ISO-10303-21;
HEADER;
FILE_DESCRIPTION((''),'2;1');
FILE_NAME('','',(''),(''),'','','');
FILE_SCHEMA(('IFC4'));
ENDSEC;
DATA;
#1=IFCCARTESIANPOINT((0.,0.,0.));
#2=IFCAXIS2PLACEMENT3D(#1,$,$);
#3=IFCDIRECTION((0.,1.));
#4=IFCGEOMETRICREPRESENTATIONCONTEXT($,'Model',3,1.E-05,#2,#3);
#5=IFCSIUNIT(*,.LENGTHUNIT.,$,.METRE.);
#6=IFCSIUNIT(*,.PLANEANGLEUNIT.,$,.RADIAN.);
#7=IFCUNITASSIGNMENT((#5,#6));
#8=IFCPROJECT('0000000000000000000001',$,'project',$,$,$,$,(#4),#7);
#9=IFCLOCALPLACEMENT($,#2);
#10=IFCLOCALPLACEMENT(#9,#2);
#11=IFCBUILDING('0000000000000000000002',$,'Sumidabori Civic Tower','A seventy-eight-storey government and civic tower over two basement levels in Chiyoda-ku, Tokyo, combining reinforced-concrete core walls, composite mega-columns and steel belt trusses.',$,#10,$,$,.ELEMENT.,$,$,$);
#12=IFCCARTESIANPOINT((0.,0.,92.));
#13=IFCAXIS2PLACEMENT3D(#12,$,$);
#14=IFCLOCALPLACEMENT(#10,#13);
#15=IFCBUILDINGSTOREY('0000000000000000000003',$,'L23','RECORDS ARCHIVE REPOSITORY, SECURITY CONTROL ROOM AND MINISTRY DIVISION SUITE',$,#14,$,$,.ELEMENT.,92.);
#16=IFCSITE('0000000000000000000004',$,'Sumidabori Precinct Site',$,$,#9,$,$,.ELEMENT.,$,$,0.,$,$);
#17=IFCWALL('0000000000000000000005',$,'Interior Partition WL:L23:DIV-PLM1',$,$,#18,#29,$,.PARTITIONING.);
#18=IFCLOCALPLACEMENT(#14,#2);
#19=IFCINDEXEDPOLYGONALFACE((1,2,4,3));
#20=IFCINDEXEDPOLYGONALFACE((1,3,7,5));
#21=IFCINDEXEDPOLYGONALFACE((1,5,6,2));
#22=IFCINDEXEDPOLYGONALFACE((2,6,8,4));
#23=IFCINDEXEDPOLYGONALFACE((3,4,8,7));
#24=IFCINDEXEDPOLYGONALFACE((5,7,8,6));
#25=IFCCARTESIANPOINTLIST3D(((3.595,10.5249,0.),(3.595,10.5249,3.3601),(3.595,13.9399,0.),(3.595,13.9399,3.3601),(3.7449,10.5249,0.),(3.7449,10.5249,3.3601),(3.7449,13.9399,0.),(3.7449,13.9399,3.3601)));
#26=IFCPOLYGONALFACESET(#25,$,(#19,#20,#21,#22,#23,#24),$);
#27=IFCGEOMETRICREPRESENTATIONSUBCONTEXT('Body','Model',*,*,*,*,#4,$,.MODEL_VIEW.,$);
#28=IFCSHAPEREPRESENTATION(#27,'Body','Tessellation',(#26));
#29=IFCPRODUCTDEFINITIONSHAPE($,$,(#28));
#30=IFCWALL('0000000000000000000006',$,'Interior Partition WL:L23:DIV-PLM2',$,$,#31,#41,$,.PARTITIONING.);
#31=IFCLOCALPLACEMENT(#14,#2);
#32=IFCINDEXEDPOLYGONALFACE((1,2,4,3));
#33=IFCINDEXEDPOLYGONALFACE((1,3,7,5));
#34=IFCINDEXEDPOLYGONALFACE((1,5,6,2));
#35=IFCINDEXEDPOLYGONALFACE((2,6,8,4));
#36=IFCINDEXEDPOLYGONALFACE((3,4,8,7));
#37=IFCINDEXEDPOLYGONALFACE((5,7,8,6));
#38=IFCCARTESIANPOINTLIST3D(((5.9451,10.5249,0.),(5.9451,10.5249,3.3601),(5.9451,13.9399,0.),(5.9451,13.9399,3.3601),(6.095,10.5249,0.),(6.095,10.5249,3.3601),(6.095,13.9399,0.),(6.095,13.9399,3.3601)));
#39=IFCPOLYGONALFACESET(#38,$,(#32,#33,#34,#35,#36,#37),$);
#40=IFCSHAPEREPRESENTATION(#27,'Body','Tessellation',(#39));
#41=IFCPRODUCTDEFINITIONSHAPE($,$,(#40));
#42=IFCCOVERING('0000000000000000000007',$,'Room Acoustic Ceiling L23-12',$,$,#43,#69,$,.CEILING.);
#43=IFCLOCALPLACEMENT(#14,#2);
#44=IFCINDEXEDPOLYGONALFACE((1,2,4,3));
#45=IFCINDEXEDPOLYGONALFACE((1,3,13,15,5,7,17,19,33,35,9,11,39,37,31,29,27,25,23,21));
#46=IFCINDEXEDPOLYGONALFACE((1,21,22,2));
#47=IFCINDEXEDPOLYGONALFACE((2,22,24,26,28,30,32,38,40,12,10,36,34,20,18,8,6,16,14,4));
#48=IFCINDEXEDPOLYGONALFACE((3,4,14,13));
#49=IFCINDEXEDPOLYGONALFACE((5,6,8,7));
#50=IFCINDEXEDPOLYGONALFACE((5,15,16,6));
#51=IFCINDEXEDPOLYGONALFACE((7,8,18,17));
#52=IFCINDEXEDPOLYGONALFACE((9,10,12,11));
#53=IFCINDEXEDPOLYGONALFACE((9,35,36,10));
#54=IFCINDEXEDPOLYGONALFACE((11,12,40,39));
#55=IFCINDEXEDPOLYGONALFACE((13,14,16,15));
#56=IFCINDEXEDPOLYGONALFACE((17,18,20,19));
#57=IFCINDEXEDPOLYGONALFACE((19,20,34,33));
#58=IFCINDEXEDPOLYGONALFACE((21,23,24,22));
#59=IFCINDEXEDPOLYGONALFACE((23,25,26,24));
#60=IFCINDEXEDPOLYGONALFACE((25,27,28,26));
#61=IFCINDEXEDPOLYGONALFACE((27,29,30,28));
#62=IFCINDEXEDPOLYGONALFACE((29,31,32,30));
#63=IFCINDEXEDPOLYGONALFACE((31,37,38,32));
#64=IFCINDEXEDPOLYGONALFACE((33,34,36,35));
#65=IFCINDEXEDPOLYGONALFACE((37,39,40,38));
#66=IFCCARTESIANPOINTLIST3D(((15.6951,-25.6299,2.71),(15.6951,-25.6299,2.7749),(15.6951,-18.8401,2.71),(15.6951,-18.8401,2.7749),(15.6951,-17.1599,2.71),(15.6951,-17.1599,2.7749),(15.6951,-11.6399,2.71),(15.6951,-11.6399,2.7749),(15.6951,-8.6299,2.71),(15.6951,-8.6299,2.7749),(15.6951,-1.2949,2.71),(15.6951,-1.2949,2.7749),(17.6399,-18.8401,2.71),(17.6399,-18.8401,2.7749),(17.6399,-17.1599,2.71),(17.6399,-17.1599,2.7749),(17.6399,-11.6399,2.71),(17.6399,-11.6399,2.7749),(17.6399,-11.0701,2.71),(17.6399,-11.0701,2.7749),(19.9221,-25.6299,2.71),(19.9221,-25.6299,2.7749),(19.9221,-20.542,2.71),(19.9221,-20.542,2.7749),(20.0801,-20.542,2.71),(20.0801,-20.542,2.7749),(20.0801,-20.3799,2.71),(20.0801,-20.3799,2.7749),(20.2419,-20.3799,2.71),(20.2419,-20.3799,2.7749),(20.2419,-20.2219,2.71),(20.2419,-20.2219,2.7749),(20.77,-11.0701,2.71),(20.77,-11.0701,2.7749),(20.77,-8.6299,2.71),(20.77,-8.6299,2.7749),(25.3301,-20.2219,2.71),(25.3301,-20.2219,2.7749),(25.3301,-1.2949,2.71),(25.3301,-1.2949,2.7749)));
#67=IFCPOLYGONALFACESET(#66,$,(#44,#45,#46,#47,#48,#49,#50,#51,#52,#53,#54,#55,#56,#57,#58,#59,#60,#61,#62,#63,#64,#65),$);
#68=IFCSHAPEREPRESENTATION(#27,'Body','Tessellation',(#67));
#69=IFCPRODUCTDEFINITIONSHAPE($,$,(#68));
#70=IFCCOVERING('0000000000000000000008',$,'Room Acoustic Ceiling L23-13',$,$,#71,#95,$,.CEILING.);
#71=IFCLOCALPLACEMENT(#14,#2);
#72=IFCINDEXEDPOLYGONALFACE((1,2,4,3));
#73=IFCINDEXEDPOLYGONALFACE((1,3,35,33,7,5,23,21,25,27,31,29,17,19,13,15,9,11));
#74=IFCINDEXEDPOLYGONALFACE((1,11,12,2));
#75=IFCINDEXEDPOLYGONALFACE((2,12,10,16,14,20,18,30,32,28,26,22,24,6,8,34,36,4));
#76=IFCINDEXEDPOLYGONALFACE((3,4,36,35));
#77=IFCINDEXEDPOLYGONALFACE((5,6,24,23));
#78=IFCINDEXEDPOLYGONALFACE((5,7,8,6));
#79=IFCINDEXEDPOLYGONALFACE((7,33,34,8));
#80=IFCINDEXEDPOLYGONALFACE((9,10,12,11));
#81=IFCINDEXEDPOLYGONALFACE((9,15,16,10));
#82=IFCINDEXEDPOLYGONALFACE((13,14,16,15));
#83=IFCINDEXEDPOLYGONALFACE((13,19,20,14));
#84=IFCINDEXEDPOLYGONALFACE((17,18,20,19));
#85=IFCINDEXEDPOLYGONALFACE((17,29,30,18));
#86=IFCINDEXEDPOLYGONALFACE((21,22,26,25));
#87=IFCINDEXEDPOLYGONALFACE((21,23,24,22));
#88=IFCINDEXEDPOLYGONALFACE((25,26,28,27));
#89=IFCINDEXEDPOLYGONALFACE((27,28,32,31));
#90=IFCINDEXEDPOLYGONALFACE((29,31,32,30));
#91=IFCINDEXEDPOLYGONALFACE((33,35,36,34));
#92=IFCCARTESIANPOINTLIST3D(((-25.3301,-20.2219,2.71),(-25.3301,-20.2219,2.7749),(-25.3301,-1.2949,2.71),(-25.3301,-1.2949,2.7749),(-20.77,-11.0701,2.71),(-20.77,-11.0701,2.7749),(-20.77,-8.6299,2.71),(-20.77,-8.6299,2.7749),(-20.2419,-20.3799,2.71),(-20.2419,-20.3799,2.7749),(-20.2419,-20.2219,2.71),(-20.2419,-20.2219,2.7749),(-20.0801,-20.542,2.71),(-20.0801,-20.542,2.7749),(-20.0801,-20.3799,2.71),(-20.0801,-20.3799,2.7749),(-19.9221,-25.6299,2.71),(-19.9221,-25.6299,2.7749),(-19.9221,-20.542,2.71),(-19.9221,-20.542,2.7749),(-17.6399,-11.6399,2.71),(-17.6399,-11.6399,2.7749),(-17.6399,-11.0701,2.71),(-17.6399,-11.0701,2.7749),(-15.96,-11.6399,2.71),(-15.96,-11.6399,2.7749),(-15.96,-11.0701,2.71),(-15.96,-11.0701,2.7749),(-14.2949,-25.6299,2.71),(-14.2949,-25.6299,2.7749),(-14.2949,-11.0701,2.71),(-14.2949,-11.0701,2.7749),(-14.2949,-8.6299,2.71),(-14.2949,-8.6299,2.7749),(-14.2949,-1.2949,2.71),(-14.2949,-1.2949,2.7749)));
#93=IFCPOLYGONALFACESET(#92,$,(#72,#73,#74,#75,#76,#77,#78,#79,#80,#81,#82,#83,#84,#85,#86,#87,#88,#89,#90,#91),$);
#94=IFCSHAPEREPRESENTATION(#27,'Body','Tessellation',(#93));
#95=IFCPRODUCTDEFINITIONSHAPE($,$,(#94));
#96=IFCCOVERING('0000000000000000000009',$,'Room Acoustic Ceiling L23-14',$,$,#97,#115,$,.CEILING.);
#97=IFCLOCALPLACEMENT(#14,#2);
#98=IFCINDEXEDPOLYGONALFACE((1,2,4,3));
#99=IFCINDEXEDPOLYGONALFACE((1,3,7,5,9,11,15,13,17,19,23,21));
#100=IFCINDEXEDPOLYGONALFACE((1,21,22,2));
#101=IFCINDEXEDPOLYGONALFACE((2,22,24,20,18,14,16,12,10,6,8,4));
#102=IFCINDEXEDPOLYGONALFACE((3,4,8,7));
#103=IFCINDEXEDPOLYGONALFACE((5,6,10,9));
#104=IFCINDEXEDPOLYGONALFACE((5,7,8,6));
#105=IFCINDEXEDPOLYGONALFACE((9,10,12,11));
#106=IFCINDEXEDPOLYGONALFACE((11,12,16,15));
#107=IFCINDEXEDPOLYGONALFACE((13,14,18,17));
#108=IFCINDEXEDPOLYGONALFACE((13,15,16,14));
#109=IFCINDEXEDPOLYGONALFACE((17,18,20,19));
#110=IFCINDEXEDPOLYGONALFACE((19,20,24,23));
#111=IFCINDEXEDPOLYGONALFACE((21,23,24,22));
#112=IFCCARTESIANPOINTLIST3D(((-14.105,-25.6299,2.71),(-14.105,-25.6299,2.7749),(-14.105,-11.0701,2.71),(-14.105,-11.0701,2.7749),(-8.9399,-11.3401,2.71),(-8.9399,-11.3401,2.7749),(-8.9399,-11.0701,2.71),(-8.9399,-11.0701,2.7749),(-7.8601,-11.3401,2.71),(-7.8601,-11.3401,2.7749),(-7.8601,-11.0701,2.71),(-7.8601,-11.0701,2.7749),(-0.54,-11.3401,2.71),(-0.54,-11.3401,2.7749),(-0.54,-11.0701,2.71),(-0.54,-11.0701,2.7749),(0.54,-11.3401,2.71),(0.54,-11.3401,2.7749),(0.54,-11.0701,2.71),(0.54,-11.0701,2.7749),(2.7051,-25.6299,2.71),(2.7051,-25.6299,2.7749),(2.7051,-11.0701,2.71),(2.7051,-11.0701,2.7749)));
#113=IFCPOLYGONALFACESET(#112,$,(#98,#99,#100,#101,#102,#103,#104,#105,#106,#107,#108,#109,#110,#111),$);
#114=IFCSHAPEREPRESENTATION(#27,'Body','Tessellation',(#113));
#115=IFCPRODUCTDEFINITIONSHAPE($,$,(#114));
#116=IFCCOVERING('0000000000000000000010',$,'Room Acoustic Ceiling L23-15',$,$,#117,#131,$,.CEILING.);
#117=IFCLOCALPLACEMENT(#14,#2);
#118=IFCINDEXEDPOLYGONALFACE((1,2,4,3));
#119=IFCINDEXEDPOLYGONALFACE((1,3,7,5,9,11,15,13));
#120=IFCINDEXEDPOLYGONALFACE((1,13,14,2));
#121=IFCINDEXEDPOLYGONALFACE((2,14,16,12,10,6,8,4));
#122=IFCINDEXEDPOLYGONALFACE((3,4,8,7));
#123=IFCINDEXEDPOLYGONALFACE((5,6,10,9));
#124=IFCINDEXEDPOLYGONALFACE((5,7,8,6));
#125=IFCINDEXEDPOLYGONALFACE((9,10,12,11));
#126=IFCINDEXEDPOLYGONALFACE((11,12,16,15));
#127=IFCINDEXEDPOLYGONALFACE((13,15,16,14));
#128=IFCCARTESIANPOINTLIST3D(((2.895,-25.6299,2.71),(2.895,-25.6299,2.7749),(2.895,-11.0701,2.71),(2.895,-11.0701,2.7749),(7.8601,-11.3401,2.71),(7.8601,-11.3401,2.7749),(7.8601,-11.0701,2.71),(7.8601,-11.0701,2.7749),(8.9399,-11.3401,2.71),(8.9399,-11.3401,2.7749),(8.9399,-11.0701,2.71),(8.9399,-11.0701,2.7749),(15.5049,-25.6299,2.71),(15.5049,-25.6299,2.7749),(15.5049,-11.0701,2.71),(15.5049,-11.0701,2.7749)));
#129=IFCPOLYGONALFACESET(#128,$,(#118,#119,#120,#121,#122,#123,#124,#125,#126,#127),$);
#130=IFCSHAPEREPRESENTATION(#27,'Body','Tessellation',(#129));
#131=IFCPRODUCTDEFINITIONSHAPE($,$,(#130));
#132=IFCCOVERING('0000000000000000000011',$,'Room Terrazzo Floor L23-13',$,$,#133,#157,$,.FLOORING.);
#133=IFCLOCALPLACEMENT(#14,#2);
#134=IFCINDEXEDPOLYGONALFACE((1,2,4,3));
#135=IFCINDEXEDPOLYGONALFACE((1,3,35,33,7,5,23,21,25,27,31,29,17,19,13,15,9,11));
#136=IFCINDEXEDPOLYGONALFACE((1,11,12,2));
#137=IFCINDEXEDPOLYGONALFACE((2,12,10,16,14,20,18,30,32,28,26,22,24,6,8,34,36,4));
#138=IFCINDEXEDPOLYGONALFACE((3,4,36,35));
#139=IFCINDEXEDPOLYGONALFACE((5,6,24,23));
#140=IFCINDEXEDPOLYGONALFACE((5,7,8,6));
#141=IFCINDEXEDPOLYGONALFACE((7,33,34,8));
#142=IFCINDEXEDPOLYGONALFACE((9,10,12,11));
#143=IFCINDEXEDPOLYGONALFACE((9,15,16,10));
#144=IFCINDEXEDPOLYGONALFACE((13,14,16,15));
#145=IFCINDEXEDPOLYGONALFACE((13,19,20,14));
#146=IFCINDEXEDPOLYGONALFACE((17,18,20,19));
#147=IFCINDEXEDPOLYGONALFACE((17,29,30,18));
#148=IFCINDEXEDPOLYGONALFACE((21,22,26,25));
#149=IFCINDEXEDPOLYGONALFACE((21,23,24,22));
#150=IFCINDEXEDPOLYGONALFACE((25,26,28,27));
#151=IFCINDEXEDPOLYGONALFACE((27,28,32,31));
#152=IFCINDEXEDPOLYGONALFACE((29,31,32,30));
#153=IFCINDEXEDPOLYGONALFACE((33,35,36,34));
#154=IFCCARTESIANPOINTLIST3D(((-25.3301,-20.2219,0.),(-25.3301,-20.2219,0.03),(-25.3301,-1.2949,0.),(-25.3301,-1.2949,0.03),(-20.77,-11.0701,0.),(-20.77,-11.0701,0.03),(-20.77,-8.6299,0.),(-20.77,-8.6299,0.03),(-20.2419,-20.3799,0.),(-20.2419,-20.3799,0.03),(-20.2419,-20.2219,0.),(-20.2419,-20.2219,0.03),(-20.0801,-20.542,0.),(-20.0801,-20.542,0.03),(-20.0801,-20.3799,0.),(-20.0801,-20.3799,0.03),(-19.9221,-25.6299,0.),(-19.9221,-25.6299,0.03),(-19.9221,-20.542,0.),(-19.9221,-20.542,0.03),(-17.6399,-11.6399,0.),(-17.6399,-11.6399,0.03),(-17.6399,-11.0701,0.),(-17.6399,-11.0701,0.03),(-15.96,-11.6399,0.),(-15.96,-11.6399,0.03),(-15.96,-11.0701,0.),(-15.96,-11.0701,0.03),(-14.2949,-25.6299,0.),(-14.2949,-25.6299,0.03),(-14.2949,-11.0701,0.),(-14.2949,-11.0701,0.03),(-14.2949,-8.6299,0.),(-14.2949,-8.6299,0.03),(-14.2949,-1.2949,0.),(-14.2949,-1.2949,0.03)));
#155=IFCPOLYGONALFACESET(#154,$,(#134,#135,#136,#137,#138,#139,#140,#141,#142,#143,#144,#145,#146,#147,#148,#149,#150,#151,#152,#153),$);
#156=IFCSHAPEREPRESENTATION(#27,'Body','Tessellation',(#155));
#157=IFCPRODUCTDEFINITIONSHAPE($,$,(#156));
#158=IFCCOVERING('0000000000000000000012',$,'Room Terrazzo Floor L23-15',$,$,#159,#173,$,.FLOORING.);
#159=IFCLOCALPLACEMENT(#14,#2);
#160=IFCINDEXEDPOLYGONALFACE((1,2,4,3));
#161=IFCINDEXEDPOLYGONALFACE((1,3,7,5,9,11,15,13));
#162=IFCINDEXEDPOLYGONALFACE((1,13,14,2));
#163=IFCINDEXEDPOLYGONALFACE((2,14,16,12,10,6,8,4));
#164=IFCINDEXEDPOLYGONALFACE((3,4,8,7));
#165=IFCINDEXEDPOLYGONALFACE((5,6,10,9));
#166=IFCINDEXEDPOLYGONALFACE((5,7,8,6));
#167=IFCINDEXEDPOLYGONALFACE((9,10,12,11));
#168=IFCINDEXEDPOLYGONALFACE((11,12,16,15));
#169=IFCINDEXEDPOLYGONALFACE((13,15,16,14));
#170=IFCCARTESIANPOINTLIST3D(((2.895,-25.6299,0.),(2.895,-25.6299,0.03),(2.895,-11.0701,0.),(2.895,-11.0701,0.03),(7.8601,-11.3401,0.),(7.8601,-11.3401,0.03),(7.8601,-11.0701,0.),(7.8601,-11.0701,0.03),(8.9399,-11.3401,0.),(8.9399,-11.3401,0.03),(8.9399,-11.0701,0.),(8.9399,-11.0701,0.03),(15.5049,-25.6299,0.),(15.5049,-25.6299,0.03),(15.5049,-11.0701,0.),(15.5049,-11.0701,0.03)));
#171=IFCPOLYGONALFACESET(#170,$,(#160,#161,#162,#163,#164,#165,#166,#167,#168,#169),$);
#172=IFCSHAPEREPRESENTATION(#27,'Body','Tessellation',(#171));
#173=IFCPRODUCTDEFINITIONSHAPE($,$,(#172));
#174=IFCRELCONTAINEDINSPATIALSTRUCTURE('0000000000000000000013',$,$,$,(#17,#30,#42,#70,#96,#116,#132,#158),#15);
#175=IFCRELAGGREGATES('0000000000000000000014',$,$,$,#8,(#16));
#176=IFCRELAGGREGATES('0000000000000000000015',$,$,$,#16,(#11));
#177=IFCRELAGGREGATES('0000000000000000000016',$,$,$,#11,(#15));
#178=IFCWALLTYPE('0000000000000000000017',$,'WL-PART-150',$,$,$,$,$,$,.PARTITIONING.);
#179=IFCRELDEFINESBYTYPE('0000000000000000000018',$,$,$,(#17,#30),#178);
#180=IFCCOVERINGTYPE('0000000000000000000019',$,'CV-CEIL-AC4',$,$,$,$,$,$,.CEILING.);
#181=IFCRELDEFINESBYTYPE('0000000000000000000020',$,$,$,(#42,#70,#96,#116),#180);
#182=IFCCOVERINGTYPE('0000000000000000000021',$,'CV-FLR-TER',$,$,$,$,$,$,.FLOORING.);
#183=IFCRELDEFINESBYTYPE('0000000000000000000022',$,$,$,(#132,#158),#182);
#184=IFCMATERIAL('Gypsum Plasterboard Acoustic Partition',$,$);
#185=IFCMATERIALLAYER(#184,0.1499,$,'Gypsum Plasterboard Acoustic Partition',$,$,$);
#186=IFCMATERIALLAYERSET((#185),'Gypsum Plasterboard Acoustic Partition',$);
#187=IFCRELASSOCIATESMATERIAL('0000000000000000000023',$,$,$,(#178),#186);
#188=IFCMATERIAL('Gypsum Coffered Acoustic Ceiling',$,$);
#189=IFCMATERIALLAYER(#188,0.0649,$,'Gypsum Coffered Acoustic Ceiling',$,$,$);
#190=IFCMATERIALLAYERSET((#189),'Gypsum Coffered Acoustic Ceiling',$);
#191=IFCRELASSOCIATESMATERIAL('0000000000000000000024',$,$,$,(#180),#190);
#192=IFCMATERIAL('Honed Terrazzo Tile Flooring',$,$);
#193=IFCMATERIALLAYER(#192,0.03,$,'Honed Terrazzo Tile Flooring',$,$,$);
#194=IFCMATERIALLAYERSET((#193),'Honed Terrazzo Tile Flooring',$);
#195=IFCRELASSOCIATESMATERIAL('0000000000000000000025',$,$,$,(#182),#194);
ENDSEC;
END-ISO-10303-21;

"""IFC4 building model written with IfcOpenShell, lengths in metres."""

from ifc_helpers import new_model, si_unit, direction, frame, frame_2d, origin, place, context, subcontext, project, spatial, polyline, rectangle, outline, extrude, source, transform, mapped, material, layer, layer_set, type_object, element, save


model = new_model("IFC4")

# Units and contexts
model_context = context("Model", 3, precision=1e-05, world=origin(), true_north=direction((0.0, 1.0)))
body_context = subcontext(model_context, "Body", "Model", "MODEL_VIEW")
ifc_project = project(units=[si_unit("LENGTHUNIT", "METRE"), si_unit("PLANEANGLEUNIT", "RADIAN")], contexts=[model_context])

# Site, building, storey
site_placement = place(None, origin())
site = spatial("IfcSite", under=ifc_project, at=site_placement, Name="Sumidabori Precinct Site", CompositionType="ELEMENT", RefElevation=0.0)
building_placement = place(site_placement, origin())
building = spatial("IfcBuilding", under=site, at=building_placement, Name="Sumidabori Civic Tower", Description="A seventy-eight-storey government and civic tower over two basement levels in Chiyoda-ku, Tokyo, combining reinforced-concrete core walls, composite mega-columns and steel belt trusses.", CompositionType="ELEMENT")
storey_placement = place(building_placement, frame((0.0, 0.0, 92.0)))
storey = spatial("IfcBuildingStorey", under=building, at=storey_placement, Name="L23", Description="RECORDS ARCHIVE REPOSITORY, SECURITY CONTROL ROOM AND MINISTRY DIVISION SUITE", CompositionType="ELEMENT", Elevation=92.0)

# Shared definitions
ifc_material_1 = material(Name="Gypsum Plasterboard Acoustic Partition")
ifc_layer_1 = layer(ifc_material_1, 0.1499, Name="Gypsum Plasterboard Acoustic Partition")
ifc_layer_set_1 = layer_set([ifc_layer_1], Name="Gypsum Plasterboard Acoustic Partition")
wall_type_1 = type_object("IfcWallType", Name="WL-PART-150", PredefinedType="PARTITIONING", material=ifc_layer_set_1)

# Walls
shared_shape_1 = source(origin(), body_context, "Body", "SweptSolid", [
    extrude(rectangle(XDim=3.415, YDim=0.1499, at=frame_2d((1.7075, 0.0))), origin(), (0.0, 0.0, 1.0), 3.3601),
])
for number, where, z_axis, x_axis, name in (
    (1, (3.6699, 10.5249, 0.0), (0.0, 0.0, 1.0), (0.0, 1.0, 0.0), "Interior Partition WL:L23:DIV-PLM1"),
    (2, (6.02, 10.5249, 0.0), (0.0, 0.0, 1.0), (0.0, 1.0, 0.0), "Interior Partition WL:L23:DIV-PLM2"),
):
    element("IfcWall", number, at=place(storey_placement, frame(where, z_axis=z_axis, x_axis=x_axis)), inside=storey, type_object=wall_type_1, Name=name, PredefinedType="PARTITIONING", context=body_context, shape_type="MappedRepresentation", body=[
        mapped(shared_shape_1, transform((0.0, 0.0, 0.0), x_axis=(1.0, 0.0, 0.0), y_axis=(0.0, 1.0, 0.0), z_axis=(0.0, 0.0, 1.0), scale=1.0)),
    ])

# Coverings
ifc_material_2 = material(Name="Gypsum Coffered Acoustic Ceiling")
ifc_layer_2 = layer(ifc_material_2, 0.0649, Name="Gypsum Coffered Acoustic Ceiling")
ifc_layer_set_2 = layer_set([ifc_layer_2], Name="Gypsum Coffered Acoustic Ceiling")
covering_type_1 = type_object("IfcCoveringType", Name="CV-CEIL-AC4", PredefinedType="CEILING", material=ifc_layer_set_2)
covering_1_placement = place(storey_placement, frame((0.0, 0.0, 2.71)))
element("IfcCovering", 3, at=covering_1_placement, inside=storey, type_object=covering_type_1, Name="Room Acoustic Ceiling L23-12", PredefinedType="CEILING", context=body_context, shape_type="SweptSolid", body=[
    extrude(outline(polyline([(15.6951, -18.8401), (17.6399, -18.8401), (17.6399, -17.1599), (15.6951, -17.1599), (15.6951, -11.6399), (17.6399, -11.6399), (17.6399, -11.0701), (20.77, -11.0701), (20.77, -8.6299), (15.6951, -8.6299), (15.6951, -1.2949), (25.3301, -1.2949), (25.3301, -20.2219), (20.2419, -20.2219), (20.2419, -20.3799), (20.0801, -20.3799), (20.0801, -20.542), (19.9221, -20.542), (19.9221, -25.6299), (15.6951, -25.6299), (15.6951, -18.8401)])), origin(), (0.0, 0.0, 1.0), 0.0649),
])
covering_2_placement = place(storey_placement, frame((0.0, 0.0, 2.71)))
element("IfcCovering", 4, at=covering_2_placement, inside=storey, type_object=covering_type_1, Name="Room Acoustic Ceiling L23-13", PredefinedType="CEILING", context=body_context, shape_type="SweptSolid", body=[
    extrude(outline(polyline([(-25.3301, -20.2219), (-25.3301, -1.2949), (-14.2949, -1.2949), (-14.2949, -8.6299), (-20.77, -8.6299), (-20.77, -11.0701), (-17.6399, -11.0701), (-17.6399, -11.6399), (-15.96, -11.6399), (-15.96, -11.0701), (-14.2949, -11.0701), (-14.2949, -25.6299), (-19.9221, -25.6299), (-19.9221, -20.542), (-20.0801, -20.542), (-20.0801, -20.3799), (-20.2419, -20.3799), (-20.2419, -20.2219), (-25.3301, -20.2219)])), origin(), (0.0, 0.0, 1.0), 0.0649),
])
covering_3_placement = place(storey_placement, frame((0.0, 0.0, 2.71)))
element("IfcCovering", 5, at=covering_3_placement, inside=storey, type_object=covering_type_1, Name="Room Acoustic Ceiling L23-14", PredefinedType="CEILING", context=body_context, shape_type="SweptSolid", body=[
    extrude(outline(polyline([(-14.105, -11.0701), (-8.9399, -11.0701), (-8.9399, -11.3401), (-7.8601, -11.3401), (-7.8601, -11.0701), (-0.54, -11.0701), (-0.54, -11.3401), (0.54, -11.3401), (0.54, -11.0701), (2.7051, -11.0701), (2.7051, -25.6299), (-14.105, -25.6299), (-14.105, -11.0701)])), origin(), (0.0, 0.0, 1.0), 0.0649),
])
covering_4_placement = place(storey_placement, frame((0.0, 0.0, 2.71)))
element("IfcCovering", 6, at=covering_4_placement, inside=storey, type_object=covering_type_1, Name="Room Acoustic Ceiling L23-15", PredefinedType="CEILING", context=body_context, shape_type="SweptSolid", body=[
    extrude(outline(polyline([(2.895, -11.0701), (7.8601, -11.0701), (7.8601, -11.3401), (8.9399, -11.3401), (8.9399, -11.0701), (15.5049, -11.0701), (15.5049, -25.6299), (2.895, -25.6299), (2.895, -11.0701)])), origin(), (0.0, 0.0, 1.0), 0.0649),
])
ifc_material_3 = material(Name="Honed Terrazzo Tile Flooring")
ifc_layer_3 = layer(ifc_material_3, 0.03, Name="Honed Terrazzo Tile Flooring")
ifc_layer_set_3 = layer_set([ifc_layer_3], Name="Honed Terrazzo Tile Flooring")
covering_type_2 = type_object("IfcCoveringType", Name="CV-FLR-TER", PredefinedType="FLOORING", material=ifc_layer_set_3)
covering_5_placement = place(storey_placement, origin())
element("IfcCovering", 7, at=covering_5_placement, inside=storey, type_object=covering_type_2, Name="Room Terrazzo Floor L23-13", PredefinedType="FLOORING", context=body_context, shape_type="SweptSolid", body=[
    extrude(outline(polyline([(-25.3301, -20.2219), (-25.3301, -1.2949), (-14.2949, -1.2949), (-14.2949, -8.6299), (-20.77, -8.6299), (-20.77, -11.0701), (-17.6399, -11.0701), (-17.6399, -11.6399), (-15.96, -11.6399), (-15.96, -11.0701), (-14.2949, -11.0701), (-14.2949, -25.6299), (-19.9221, -25.6299), (-19.9221, -20.542), (-20.0801, -20.542), (-20.0801, -20.3799), (-20.2419, -20.3799), (-20.2419, -20.2219), (-25.3301, -20.2219)])), origin(), (0.0, 0.0, 1.0), 0.03),
])
covering_6_placement = place(storey_placement, origin())
element("IfcCovering", 8, at=covering_6_placement, inside=storey, type_object=covering_type_2, Name="Room Terrazzo Floor L23-15", PredefinedType="FLOORING", context=body_context, shape_type="SweptSolid", body=[
    extrude(outline(polyline([(2.895, -11.0701), (7.8601, -11.0701), (7.8601, -11.3401), (8.9399, -11.3401), (8.9399, -11.0701), (15.5049, -11.0701), (15.5049, -25.6299), (2.895, -25.6299), (2.895, -11.0701)])), origin(), (0.0, 0.0, 1.0), 0.03),
])

save(model, "model.ifc")
